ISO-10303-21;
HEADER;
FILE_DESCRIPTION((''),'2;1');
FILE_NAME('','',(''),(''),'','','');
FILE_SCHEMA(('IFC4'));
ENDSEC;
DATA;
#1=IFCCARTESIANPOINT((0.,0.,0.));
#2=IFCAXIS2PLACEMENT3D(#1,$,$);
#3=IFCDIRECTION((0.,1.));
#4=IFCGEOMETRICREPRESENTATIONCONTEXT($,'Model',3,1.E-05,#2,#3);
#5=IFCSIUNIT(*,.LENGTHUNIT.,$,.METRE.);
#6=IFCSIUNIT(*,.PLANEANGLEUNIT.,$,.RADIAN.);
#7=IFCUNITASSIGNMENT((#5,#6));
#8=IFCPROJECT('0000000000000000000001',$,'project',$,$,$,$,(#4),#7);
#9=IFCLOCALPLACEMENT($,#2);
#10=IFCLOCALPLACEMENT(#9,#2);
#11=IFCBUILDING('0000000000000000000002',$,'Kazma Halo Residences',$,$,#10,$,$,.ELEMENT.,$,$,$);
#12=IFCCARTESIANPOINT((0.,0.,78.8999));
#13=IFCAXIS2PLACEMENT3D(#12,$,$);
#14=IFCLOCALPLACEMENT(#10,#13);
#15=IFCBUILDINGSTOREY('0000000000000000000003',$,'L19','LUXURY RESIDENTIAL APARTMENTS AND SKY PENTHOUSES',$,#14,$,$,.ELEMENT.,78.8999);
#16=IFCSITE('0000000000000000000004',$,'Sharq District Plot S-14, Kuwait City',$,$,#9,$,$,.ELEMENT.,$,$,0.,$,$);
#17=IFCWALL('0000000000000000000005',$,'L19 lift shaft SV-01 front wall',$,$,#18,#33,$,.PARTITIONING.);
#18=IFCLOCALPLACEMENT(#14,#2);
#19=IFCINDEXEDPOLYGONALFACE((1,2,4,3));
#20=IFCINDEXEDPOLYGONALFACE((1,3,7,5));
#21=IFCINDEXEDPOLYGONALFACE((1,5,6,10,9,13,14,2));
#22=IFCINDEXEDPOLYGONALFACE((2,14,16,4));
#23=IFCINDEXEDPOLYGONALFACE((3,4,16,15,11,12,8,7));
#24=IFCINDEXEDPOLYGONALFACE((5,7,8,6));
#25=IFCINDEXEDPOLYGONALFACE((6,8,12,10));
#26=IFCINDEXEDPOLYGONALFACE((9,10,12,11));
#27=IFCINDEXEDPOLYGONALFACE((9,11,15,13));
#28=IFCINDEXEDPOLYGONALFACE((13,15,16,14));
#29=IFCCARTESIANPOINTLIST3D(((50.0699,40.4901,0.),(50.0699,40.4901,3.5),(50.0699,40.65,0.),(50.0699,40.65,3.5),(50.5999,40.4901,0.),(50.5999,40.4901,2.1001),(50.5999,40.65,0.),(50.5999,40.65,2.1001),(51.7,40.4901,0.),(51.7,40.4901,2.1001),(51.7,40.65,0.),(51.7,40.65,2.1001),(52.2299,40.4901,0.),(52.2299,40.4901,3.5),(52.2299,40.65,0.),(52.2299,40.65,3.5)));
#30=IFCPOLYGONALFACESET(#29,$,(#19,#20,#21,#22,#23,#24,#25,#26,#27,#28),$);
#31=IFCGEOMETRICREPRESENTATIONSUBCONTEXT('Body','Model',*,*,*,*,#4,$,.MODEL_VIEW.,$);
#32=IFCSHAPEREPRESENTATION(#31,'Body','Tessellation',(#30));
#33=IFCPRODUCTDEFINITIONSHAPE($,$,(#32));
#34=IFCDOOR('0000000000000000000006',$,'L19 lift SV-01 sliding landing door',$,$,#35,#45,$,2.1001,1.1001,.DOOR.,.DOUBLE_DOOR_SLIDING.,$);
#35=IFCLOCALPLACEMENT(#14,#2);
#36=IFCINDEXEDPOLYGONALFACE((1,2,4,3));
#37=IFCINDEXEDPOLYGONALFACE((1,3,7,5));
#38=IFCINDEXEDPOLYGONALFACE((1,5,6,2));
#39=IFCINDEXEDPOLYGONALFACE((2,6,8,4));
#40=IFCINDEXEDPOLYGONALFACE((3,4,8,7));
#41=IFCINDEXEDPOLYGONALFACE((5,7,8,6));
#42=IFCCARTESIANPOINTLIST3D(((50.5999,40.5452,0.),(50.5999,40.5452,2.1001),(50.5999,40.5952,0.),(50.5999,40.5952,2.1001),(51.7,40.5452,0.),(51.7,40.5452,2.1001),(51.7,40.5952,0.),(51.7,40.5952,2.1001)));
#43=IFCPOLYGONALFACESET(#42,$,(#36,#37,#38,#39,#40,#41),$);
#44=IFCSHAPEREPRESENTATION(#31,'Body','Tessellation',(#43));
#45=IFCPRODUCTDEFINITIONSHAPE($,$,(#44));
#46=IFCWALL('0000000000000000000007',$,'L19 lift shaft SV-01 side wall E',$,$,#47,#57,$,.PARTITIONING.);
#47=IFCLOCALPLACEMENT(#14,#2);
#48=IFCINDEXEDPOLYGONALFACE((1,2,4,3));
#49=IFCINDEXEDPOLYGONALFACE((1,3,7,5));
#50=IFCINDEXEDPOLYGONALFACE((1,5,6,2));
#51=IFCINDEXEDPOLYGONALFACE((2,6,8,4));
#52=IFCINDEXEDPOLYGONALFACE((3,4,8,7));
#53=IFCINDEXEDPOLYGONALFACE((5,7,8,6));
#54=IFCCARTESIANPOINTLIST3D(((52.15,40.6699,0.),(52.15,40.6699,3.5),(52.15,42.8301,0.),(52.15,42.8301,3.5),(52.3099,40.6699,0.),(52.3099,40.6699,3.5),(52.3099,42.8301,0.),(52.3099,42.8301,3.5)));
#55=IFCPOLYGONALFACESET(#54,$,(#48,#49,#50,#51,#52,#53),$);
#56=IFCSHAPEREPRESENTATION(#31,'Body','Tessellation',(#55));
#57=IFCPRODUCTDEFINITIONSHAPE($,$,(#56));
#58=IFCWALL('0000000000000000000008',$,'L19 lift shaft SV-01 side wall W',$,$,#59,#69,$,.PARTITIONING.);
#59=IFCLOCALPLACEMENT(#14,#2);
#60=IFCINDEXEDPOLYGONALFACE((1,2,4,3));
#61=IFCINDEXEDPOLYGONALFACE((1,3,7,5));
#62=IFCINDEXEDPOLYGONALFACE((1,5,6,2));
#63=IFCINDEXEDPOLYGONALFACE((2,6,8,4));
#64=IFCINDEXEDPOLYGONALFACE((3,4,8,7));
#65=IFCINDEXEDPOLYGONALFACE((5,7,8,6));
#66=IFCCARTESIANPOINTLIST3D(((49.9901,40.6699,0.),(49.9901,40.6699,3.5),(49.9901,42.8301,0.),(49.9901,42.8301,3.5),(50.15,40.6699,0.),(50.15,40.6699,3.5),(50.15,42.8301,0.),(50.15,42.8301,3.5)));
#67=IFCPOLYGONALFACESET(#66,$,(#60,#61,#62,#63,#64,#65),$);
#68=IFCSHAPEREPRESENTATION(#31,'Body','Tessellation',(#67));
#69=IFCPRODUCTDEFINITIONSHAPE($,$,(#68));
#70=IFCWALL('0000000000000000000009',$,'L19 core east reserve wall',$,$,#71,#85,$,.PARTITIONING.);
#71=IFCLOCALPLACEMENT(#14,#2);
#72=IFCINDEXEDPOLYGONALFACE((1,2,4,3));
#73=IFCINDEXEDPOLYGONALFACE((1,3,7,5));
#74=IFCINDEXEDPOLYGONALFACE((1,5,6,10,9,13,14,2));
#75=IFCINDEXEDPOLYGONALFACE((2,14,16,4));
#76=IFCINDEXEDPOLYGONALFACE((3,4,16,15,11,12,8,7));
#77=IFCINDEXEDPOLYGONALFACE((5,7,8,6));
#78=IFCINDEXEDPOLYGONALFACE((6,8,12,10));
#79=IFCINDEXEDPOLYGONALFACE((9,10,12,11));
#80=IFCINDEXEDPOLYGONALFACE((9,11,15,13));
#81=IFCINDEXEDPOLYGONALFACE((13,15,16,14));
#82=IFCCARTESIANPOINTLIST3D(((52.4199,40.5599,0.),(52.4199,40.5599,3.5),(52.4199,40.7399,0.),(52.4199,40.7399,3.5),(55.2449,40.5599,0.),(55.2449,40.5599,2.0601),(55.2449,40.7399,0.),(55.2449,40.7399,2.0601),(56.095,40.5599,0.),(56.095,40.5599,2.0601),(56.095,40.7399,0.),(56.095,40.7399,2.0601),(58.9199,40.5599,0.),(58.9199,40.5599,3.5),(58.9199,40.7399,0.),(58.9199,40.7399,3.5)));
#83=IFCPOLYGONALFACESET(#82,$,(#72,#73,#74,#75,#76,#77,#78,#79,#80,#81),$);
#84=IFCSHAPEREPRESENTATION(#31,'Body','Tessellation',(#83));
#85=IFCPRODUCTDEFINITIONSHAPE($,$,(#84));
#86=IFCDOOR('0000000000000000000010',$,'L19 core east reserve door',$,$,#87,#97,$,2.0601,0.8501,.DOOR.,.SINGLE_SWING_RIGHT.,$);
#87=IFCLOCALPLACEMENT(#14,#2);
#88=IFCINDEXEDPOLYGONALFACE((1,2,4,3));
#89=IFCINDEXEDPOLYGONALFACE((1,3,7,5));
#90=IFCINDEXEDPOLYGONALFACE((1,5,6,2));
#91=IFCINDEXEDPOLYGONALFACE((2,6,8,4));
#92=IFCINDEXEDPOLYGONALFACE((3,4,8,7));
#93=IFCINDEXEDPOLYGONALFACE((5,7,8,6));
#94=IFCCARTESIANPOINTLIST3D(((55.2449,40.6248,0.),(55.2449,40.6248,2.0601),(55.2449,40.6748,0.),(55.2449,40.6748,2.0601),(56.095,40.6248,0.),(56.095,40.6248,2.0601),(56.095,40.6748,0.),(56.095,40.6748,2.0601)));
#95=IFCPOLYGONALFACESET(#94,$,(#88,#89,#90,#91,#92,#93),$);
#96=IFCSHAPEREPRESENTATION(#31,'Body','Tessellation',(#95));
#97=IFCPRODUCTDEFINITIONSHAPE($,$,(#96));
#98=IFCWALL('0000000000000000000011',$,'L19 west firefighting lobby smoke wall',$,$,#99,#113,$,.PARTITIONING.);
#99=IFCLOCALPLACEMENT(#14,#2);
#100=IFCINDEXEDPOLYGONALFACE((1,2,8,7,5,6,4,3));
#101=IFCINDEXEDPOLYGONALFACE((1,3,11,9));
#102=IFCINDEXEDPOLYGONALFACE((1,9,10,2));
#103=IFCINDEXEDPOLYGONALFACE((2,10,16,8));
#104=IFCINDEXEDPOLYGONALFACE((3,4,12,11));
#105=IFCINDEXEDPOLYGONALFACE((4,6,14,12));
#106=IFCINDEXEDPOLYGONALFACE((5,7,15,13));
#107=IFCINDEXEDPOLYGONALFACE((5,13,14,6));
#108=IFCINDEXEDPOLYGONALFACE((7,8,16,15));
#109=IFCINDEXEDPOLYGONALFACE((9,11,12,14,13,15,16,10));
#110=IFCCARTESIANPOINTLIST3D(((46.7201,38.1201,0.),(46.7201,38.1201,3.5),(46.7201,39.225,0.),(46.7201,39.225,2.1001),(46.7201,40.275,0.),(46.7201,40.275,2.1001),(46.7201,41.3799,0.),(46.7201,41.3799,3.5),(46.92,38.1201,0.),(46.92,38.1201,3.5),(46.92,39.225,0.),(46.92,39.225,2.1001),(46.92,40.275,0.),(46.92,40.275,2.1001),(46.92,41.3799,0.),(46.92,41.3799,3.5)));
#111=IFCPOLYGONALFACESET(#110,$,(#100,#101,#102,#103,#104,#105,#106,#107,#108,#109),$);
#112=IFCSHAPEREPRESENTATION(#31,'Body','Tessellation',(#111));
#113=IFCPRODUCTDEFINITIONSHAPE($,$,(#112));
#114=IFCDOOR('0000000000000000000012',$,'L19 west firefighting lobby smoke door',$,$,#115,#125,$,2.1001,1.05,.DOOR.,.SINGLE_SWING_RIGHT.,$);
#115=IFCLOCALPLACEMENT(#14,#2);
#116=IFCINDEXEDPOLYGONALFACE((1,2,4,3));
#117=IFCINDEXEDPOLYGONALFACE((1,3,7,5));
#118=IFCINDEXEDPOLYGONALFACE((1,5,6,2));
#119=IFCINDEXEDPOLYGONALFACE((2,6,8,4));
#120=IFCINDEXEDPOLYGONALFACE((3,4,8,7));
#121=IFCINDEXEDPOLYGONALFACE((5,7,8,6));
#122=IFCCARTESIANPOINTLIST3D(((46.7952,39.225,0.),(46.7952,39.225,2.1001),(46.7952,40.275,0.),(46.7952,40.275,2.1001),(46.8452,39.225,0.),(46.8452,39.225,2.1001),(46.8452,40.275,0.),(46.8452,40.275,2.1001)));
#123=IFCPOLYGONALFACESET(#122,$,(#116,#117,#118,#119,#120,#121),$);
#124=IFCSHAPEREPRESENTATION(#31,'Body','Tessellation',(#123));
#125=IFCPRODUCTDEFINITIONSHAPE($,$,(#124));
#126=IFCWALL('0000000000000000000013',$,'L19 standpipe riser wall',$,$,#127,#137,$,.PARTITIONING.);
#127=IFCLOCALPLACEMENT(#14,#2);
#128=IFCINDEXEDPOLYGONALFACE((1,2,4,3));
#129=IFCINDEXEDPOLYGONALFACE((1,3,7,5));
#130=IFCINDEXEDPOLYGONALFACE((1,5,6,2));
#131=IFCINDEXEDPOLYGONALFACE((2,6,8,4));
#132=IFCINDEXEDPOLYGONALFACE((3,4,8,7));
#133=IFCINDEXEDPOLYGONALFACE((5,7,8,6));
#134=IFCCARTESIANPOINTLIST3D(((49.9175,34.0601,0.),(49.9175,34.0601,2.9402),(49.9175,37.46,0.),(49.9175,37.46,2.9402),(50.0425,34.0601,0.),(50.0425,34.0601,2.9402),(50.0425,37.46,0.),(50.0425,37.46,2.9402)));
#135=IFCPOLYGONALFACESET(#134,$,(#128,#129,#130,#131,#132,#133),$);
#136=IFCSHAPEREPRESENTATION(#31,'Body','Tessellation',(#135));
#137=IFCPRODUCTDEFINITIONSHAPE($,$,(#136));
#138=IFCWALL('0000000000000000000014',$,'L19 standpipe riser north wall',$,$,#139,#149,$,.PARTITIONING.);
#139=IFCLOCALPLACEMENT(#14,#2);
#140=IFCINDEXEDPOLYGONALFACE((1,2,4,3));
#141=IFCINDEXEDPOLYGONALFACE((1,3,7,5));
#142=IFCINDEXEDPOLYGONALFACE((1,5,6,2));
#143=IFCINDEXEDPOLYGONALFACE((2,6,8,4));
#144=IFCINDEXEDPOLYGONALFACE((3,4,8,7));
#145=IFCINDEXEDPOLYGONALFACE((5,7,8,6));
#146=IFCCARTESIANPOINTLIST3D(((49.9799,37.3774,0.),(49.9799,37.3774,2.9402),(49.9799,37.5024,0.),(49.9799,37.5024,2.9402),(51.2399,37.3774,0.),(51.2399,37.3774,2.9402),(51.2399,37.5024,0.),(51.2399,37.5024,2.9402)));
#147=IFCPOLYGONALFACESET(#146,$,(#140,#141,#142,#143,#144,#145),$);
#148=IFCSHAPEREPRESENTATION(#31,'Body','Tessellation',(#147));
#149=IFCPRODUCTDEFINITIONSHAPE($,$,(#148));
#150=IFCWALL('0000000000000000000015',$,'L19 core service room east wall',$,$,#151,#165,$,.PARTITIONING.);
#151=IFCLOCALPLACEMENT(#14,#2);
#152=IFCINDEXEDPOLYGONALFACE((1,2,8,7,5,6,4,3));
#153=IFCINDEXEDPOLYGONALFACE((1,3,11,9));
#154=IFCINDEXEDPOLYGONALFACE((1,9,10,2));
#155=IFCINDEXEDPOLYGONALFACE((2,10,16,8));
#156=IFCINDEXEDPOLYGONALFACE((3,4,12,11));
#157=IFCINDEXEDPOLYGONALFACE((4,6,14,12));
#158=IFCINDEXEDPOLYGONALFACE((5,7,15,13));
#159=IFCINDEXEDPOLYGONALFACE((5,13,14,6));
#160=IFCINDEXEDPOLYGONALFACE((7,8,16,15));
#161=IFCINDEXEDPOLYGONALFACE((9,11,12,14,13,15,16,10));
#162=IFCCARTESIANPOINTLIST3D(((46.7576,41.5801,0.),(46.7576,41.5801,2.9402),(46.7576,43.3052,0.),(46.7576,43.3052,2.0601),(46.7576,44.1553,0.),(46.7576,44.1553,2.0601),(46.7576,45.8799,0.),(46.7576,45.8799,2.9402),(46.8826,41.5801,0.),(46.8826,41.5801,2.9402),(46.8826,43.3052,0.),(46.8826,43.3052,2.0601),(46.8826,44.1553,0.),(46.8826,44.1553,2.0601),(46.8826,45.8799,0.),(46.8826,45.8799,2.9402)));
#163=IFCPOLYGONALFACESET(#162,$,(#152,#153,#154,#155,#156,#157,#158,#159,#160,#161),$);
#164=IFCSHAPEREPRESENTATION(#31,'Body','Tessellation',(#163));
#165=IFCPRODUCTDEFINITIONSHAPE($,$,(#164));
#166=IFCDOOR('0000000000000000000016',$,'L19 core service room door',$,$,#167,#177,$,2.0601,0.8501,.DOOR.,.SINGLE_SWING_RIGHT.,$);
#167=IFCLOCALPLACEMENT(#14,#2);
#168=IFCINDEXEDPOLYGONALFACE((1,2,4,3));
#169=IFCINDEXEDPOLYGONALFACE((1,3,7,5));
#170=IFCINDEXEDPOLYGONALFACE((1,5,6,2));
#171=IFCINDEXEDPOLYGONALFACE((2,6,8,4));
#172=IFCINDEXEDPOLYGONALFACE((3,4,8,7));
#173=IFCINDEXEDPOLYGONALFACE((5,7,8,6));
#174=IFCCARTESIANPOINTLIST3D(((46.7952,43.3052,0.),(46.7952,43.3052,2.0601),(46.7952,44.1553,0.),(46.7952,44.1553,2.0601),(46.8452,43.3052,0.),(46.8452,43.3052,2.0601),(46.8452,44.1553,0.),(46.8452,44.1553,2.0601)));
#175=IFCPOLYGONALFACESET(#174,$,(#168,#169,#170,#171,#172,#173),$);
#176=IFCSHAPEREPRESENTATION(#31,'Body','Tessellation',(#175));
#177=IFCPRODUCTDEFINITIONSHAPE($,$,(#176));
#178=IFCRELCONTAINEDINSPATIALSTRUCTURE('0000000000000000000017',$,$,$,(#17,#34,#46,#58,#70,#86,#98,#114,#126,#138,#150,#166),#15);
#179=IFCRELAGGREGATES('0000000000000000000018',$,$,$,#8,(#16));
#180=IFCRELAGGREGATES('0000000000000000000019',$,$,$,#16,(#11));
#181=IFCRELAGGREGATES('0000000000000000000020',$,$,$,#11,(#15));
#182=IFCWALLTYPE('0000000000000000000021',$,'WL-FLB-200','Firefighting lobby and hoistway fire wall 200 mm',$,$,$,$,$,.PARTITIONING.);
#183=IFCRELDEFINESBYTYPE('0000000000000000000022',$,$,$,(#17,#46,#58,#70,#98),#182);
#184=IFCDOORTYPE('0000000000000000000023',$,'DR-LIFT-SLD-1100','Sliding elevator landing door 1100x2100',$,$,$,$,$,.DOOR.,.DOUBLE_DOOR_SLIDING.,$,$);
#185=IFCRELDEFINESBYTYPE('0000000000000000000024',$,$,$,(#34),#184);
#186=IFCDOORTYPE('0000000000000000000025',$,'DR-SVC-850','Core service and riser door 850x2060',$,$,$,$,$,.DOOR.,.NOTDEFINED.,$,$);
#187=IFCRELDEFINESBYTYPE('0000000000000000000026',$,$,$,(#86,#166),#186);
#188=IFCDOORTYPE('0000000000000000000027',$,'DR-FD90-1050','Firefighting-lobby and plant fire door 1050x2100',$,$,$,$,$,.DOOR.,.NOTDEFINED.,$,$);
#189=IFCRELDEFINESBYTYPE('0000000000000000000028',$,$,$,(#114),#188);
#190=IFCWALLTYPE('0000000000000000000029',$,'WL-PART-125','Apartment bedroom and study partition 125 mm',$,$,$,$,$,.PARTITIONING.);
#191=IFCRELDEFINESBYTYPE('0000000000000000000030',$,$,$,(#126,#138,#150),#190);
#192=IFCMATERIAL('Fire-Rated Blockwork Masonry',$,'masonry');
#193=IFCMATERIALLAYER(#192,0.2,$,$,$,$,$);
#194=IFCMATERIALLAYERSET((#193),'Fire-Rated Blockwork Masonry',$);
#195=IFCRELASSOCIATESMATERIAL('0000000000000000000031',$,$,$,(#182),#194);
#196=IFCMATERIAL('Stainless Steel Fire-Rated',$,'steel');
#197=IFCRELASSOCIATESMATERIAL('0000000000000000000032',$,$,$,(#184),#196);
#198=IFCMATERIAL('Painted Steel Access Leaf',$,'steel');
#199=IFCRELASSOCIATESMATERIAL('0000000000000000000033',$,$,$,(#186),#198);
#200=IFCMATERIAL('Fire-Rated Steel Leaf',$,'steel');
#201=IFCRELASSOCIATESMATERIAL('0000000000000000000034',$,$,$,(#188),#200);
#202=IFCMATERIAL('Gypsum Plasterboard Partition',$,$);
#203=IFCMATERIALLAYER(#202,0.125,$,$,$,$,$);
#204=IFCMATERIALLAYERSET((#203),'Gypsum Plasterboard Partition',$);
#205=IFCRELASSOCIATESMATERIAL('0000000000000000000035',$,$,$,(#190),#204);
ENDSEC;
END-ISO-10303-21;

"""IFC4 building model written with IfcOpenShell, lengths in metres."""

from ifc_helpers import new_model, si_unit, direction, frame, frame_2d, origin, place, context, subcontext, project, spatial, rectangle, extrude, material, layer, layer_set, type_object, element, fill, save


model = new_model("IFC4")

# Units and contexts
model_context = context("Model", 3, precision=1e-05, world=origin(), true_north=direction((0.0, 1.0)))
body_context = subcontext(model_context, "Body", "Model", "MODEL_VIEW")
ifc_project = project(units=[si_unit("LENGTHUNIT", "METRE"), si_unit("PLANEANGLEUNIT", "RADIAN")], contexts=[model_context])

# Site, building, storey
site_placement = place(None, origin())
site = spatial("IfcSite", under=ifc_project, at=site_placement, Name="Sharq District Plot S-14, Kuwait City", CompositionType="ELEMENT", RefElevation=0.0)
building_placement = place(site_placement, origin())
building = spatial("IfcBuilding", under=site, at=building_placement, Name="Kazma Halo Residences", CompositionType="ELEMENT")
storey_placement = place(building_placement, frame((0.0, 0.0, 78.8999)))
storey = spatial("IfcBuildingStorey", under=building, at=storey_placement, Name="L19", Description="LUXURY RESIDENTIAL APARTMENTS AND SKY PENTHOUSES", CompositionType="ELEMENT", Elevation=78.8999)

# Wall, opening, door
ifc_material_1 = material(Name="Fire-Rated Blockwork Masonry", Category="masonry")
ifc_layer_1 = layer(ifc_material_1, 0.2)
ifc_layer_set_1 = layer_set([ifc_layer_1], Name="Fire-Rated Blockwork Masonry")
wall_type_1 = type_object("IfcWallType", Name="WL-FLB-200", Description="Firefighting lobby and hoistway fire wall 200 mm", PredefinedType="PARTITIONING", material=ifc_layer_set_1)
wall_1_placement = place(storey_placement, frame((52.23, 40.5701, 0.0), z_axis=(0.0, 0.0, 1.0), x_axis=(-1.0, 0.0, 0.0)))
wall_1 = element("IfcWall", 1, at=wall_1_placement, inside=storey, type_object=wall_type_1, Name="L19 lift shaft SV-01 front wall", PredefinedType="PARTITIONING", context=body_context, shape_type="SweptSolid", body=[
    extrude(rectangle(XDim=2.1599, YDim=0.1599, at=frame_2d((1.0801, 0.0))), origin(), (0.0, 0.0, 1.0), 3.5),
])
opening_1_placement = place(wall_1_placement, frame((0.53, 0.0, 0.0)))
opening_1 = element("IfcOpeningElement", 2, at=opening_1_placement, cuts=wall_1, PredefinedType="OPENING", context=body_context, shape_type="SweptSolid", body=[
    extrude(rectangle(XDim=1.1001, YDim=2.1001, at=frame_2d((0.55, 1.05))), frame((0.0, 0.0898, 0.0), z_axis=(0.0, -1.0, 0.0), x_axis=(1.0, 0.0, 0.0)), (0.0, 0.0, 1.0), 0.1799),
])
ifc_material_2 = material(Name="Stainless Steel Fire-Rated", Category="steel")
door_type_1 = type_object("IfcDoorType", Name="DR-LIFT-SLD-1100", Description="Sliding elevator landing door 1100x2100", OperationType="DOUBLE_DOOR_SLIDING", PredefinedType="DOOR", material=ifc_material_2)
door_1_placement = place(opening_1_placement, origin())
door_1 = element("IfcDoor", 3, at=door_1_placement, inside=storey, type_object=door_type_1, Name="L19 lift SV-01 sliding landing door", OperationType="DOUBLE_DOOR_SLIDING", OverallHeight=2.1001, OverallWidth=1.1001, PredefinedType="DOOR", context=body_context, shape_type="SweptSolid", body=[
    extrude(rectangle(XDim=1.1001, YDim=2.1001, at=frame_2d((0.55, 1.05))), frame((0.0, 0.0249, 0.0), z_axis=(0.0, -1.0, 0.0), x_axis=(1.0, 0.0, 0.0)), (0.0, 0.0, 1.0), 0.05),
])
fill(opening_1, door_1)

# Walls
for number, where, z_axis, x_axis, name in (
    (4, (52.23, 40.6699, 0.0), (0.0, 0.0, 1.0), (0.0, 1.0, 0.0), "L19 lift shaft SV-01 side wall E"),
    (5, (50.0701, 40.6699, 0.0), (0.0, 0.0, 1.0), (0.0, 1.0, 0.0), "L19 lift shaft SV-01 side wall W"),
):
    element("IfcWall", number, at=place(storey_placement, frame(where, z_axis=z_axis, x_axis=x_axis)), inside=storey, type_object=wall_type_1, Name=name, PredefinedType="PARTITIONING", context=body_context, shape_type="SweptSolid", body=[
        extrude(rectangle(XDim=2.1602, YDim=0.1599, at=frame_2d((1.0801, 0.0))), origin(), (0.0, 0.0, 1.0), 3.5),
    ])

# Walls, openings, doors
wall_2_placement = place(storey_placement, frame((52.4199, 40.6499, 0.0), z_axis=(0.0, 0.0, 1.0), x_axis=(1.0, 0.0, 0.0)))
wall_2 = element("IfcWall", 6, at=wall_2_placement, inside=storey, type_object=wall_type_1, Name="L19 core east reserve wall", PredefinedType="PARTITIONING", context=body_context, shape_type="SweptSolid", body=[
    extrude(rectangle(XDim=6.5, YDim=0.1799, at=frame_2d((3.25, 0.0))), origin(), (0.0, 0.0, 1.0), 3.5),
])
opening_2_placement = place(wall_2_placement, frame((2.825, 0.0, 0.0)))
opening_2 = element("IfcOpeningElement", 7, at=opening_2_placement, cuts=wall_2, PredefinedType="OPENING", context=body_context, shape_type="SweptSolid", body=[
    extrude(rectangle(XDim=0.8501, YDim=2.0601, at=frame_2d((0.425, 1.03))), frame((0.0, 0.0999, 0.0), z_axis=(0.0, -1.0, 0.0), x_axis=(1.0, 0.0, 0.0)), (0.0, 0.0, 1.0), 0.2),
])
ifc_material_3 = material(Name="Painted Steel Access Leaf", Category="steel")
door_type_2 = type_object("IfcDoorType", Name="DR-SVC-850", Description="Core service and riser door 850x2060", OperationType="NOTDEFINED", PredefinedType="DOOR", material=ifc_material_3)
door_2_placement = place(opening_2_placement, origin())
door_2 = element("IfcDoor", 8, at=door_2_placement, inside=storey, type_object=door_type_2, Name="L19 core east reserve door", OperationType="SINGLE_SWING_RIGHT", OverallHeight=2.0601, OverallWidth=0.8501, PredefinedType="DOOR", context=body_context, shape_type="SweptSolid", body=[
    extrude(rectangle(XDim=0.8501, YDim=2.0601, at=frame_2d((0.425, 1.03))), frame((0.0, 0.0249, 0.0), z_axis=(0.0, -1.0, 0.0), x_axis=(1.0, 0.0, 0.0)), (0.0, 0.0, 1.0), 0.05),
])
fill(opening_2, door_2)
wall_3_placement = place(storey_placement, frame((46.8201, 38.1201, 0.0), z_axis=(0.0, 0.0, 1.0), x_axis=(0.0, 1.0, 0.0)))
wall_3 = element("IfcWall", 9, at=wall_3_placement, inside=storey, type_object=wall_type_1, Name="L19 west firefighting lobby smoke wall", PredefinedType="PARTITIONING", context=body_context, shape_type="SweptSolid", body=[
    extrude(rectangle(XDim=3.2598, YDim=0.2, at=frame_2d((1.6299, 0.0))), origin(), (0.0, 0.0, 1.0), 3.5),
])
opening_3_placement = place(wall_3_placement, frame((1.105, 0.0, 0.0)))
opening_3 = element("IfcOpeningElement", 10, at=opening_3_placement, cuts=wall_3, PredefinedType="OPENING", context=body_context, shape_type="SweptSolid", body=[
    extrude(rectangle(XDim=1.05, YDim=2.1001, at=frame_2d((0.5249, 1.05))), frame((0.0, 0.1099, 0.0), z_axis=(0.0, -1.0, 0.0), x_axis=(1.0, 0.0, 0.0)), (0.0, 0.0, 1.0), 0.22),
])
ifc_material_4 = material(Name="Fire-Rated Steel Leaf", Category="steel")
door_type_3 = type_object("IfcDoorType", Name="DR-FD90-1050", Description="Firefighting-lobby and plant fire door 1050x2100", OperationType="NOTDEFINED", PredefinedType="DOOR", material=ifc_material_4)
door_3_placement = place(opening_3_placement, origin())
door_3 = element("IfcDoor", 11, at=door_3_placement, inside=storey, type_object=door_type_3, Name="L19 west firefighting lobby smoke door", OperationType="SINGLE_SWING_RIGHT", OverallHeight=2.1001, OverallWidth=1.05, PredefinedType="DOOR", context=body_context, shape_type="SweptSolid", body=[
    extrude(rectangle(XDim=1.05, YDim=2.1001, at=frame_2d((0.5249, 1.05))), frame((0.0, 0.0249, 0.0), z_axis=(0.0, -1.0, 0.0), x_axis=(1.0, 0.0, 0.0)), (0.0, 0.0, 1.0), 0.05),
])
fill(opening_3, door_3)

# Walls
ifc_material_5 = material(Name="Gypsum Plasterboard Partition")
ifc_layer_2 = layer(ifc_material_5, 0.125)
ifc_layer_set_2 = layer_set([ifc_layer_2], Name="Gypsum Plasterboard Partition")
wall_type_2 = type_object("IfcWallType", Name="WL-PART-125", Description="Apartment bedroom and study partition 125 mm", PredefinedType="PARTITIONING", material=ifc_layer_set_2)
wall_4_placement = place(storey_placement, frame((49.98, 34.0601, 0.0), z_axis=(0.0, 0.0, 1.0), x_axis=(0.0, 1.0, 0.0)))
element("IfcWall", 12, at=wall_4_placement, inside=storey, type_object=wall_type_2, Name="L19 standpipe riser wall", PredefinedType="PARTITIONING", context=body_context, shape_type="SweptSolid", body=[
    extrude(rectangle(XDim=3.3999, YDim=0.125, at=frame_2d((1.7, 0.0))), origin(), (0.0, 0.0, 1.0), 2.9402),
])
wall_5_placement = place(storey_placement, frame((49.98, 37.4399, 0.0), z_axis=(0.0, 0.0, 1.0), x_axis=(1.0, 0.0, 0.0)))
element("IfcWall", 13, at=wall_5_placement, inside=storey, type_object=wall_type_2, Name="L19 standpipe riser north wall", PredefinedType="PARTITIONING", context=body_context, shape_type="SweptSolid", body=[
    extrude(rectangle(XDim=1.26, YDim=0.125, at=frame_2d((0.6299, 0.0))), origin(), (0.0, 0.0, 1.0), 2.9402),
])

# Wall, opening, door
wall_6_placement = place(storey_placement, frame((46.8201, 41.5801, 0.0), z_axis=(0.0, 0.0, 1.0), x_axis=(0.0, 1.0, 0.0)))
wall_6 = element("IfcWall", 14, at=wall_6_placement, inside=storey, type_object=wall_type_2, Name="L19 core service room east wall", PredefinedType="PARTITIONING", context=body_context, shape_type="SweptSolid", body=[
    extrude(rectangle(XDim=4.2998, YDim=0.125, at=frame_2d((2.1499, 0.0))), origin(), (0.0, 0.0, 1.0), 2.9402),
])
opening_4_placement = place(wall_6_placement, frame((1.7251, 0.0, 0.0)))
opening_4 = element("IfcOpeningElement", 15, at=opening_4_placement, cuts=wall_6, PredefinedType="OPENING", context=body_context, shape_type="SweptSolid", body=[
    extrude(rectangle(XDim=0.8501, YDim=2.0601, at=frame_2d((0.425, 1.03))), frame((0.0, 0.0725, 0.0), z_axis=(0.0, -1.0, 0.0), x_axis=(1.0, 0.0, 0.0)), (0.0, 0.0, 1.0), 0.145),
])
door_4_placement = place(opening_4_placement, origin())
door_4 = element("IfcDoor", 16, at=door_4_placement, inside=storey, type_object=door_type_2, Name="L19 core service room door", OperationType="SINGLE_SWING_RIGHT", OverallHeight=2.0601, OverallWidth=0.8501, PredefinedType="DOOR", context=body_context, shape_type="SweptSolid", body=[
    extrude(rectangle(XDim=0.8501, YDim=2.0601, at=frame_2d((0.425, 1.03))), frame((0.0, 0.0249, 0.0), z_axis=(0.0, -1.0, 0.0), x_axis=(1.0, 0.0, 0.0)), (0.0, 0.0, 1.0), 0.05),
])
fill(opening_4, door_4)

save(model, "model.ifc")
